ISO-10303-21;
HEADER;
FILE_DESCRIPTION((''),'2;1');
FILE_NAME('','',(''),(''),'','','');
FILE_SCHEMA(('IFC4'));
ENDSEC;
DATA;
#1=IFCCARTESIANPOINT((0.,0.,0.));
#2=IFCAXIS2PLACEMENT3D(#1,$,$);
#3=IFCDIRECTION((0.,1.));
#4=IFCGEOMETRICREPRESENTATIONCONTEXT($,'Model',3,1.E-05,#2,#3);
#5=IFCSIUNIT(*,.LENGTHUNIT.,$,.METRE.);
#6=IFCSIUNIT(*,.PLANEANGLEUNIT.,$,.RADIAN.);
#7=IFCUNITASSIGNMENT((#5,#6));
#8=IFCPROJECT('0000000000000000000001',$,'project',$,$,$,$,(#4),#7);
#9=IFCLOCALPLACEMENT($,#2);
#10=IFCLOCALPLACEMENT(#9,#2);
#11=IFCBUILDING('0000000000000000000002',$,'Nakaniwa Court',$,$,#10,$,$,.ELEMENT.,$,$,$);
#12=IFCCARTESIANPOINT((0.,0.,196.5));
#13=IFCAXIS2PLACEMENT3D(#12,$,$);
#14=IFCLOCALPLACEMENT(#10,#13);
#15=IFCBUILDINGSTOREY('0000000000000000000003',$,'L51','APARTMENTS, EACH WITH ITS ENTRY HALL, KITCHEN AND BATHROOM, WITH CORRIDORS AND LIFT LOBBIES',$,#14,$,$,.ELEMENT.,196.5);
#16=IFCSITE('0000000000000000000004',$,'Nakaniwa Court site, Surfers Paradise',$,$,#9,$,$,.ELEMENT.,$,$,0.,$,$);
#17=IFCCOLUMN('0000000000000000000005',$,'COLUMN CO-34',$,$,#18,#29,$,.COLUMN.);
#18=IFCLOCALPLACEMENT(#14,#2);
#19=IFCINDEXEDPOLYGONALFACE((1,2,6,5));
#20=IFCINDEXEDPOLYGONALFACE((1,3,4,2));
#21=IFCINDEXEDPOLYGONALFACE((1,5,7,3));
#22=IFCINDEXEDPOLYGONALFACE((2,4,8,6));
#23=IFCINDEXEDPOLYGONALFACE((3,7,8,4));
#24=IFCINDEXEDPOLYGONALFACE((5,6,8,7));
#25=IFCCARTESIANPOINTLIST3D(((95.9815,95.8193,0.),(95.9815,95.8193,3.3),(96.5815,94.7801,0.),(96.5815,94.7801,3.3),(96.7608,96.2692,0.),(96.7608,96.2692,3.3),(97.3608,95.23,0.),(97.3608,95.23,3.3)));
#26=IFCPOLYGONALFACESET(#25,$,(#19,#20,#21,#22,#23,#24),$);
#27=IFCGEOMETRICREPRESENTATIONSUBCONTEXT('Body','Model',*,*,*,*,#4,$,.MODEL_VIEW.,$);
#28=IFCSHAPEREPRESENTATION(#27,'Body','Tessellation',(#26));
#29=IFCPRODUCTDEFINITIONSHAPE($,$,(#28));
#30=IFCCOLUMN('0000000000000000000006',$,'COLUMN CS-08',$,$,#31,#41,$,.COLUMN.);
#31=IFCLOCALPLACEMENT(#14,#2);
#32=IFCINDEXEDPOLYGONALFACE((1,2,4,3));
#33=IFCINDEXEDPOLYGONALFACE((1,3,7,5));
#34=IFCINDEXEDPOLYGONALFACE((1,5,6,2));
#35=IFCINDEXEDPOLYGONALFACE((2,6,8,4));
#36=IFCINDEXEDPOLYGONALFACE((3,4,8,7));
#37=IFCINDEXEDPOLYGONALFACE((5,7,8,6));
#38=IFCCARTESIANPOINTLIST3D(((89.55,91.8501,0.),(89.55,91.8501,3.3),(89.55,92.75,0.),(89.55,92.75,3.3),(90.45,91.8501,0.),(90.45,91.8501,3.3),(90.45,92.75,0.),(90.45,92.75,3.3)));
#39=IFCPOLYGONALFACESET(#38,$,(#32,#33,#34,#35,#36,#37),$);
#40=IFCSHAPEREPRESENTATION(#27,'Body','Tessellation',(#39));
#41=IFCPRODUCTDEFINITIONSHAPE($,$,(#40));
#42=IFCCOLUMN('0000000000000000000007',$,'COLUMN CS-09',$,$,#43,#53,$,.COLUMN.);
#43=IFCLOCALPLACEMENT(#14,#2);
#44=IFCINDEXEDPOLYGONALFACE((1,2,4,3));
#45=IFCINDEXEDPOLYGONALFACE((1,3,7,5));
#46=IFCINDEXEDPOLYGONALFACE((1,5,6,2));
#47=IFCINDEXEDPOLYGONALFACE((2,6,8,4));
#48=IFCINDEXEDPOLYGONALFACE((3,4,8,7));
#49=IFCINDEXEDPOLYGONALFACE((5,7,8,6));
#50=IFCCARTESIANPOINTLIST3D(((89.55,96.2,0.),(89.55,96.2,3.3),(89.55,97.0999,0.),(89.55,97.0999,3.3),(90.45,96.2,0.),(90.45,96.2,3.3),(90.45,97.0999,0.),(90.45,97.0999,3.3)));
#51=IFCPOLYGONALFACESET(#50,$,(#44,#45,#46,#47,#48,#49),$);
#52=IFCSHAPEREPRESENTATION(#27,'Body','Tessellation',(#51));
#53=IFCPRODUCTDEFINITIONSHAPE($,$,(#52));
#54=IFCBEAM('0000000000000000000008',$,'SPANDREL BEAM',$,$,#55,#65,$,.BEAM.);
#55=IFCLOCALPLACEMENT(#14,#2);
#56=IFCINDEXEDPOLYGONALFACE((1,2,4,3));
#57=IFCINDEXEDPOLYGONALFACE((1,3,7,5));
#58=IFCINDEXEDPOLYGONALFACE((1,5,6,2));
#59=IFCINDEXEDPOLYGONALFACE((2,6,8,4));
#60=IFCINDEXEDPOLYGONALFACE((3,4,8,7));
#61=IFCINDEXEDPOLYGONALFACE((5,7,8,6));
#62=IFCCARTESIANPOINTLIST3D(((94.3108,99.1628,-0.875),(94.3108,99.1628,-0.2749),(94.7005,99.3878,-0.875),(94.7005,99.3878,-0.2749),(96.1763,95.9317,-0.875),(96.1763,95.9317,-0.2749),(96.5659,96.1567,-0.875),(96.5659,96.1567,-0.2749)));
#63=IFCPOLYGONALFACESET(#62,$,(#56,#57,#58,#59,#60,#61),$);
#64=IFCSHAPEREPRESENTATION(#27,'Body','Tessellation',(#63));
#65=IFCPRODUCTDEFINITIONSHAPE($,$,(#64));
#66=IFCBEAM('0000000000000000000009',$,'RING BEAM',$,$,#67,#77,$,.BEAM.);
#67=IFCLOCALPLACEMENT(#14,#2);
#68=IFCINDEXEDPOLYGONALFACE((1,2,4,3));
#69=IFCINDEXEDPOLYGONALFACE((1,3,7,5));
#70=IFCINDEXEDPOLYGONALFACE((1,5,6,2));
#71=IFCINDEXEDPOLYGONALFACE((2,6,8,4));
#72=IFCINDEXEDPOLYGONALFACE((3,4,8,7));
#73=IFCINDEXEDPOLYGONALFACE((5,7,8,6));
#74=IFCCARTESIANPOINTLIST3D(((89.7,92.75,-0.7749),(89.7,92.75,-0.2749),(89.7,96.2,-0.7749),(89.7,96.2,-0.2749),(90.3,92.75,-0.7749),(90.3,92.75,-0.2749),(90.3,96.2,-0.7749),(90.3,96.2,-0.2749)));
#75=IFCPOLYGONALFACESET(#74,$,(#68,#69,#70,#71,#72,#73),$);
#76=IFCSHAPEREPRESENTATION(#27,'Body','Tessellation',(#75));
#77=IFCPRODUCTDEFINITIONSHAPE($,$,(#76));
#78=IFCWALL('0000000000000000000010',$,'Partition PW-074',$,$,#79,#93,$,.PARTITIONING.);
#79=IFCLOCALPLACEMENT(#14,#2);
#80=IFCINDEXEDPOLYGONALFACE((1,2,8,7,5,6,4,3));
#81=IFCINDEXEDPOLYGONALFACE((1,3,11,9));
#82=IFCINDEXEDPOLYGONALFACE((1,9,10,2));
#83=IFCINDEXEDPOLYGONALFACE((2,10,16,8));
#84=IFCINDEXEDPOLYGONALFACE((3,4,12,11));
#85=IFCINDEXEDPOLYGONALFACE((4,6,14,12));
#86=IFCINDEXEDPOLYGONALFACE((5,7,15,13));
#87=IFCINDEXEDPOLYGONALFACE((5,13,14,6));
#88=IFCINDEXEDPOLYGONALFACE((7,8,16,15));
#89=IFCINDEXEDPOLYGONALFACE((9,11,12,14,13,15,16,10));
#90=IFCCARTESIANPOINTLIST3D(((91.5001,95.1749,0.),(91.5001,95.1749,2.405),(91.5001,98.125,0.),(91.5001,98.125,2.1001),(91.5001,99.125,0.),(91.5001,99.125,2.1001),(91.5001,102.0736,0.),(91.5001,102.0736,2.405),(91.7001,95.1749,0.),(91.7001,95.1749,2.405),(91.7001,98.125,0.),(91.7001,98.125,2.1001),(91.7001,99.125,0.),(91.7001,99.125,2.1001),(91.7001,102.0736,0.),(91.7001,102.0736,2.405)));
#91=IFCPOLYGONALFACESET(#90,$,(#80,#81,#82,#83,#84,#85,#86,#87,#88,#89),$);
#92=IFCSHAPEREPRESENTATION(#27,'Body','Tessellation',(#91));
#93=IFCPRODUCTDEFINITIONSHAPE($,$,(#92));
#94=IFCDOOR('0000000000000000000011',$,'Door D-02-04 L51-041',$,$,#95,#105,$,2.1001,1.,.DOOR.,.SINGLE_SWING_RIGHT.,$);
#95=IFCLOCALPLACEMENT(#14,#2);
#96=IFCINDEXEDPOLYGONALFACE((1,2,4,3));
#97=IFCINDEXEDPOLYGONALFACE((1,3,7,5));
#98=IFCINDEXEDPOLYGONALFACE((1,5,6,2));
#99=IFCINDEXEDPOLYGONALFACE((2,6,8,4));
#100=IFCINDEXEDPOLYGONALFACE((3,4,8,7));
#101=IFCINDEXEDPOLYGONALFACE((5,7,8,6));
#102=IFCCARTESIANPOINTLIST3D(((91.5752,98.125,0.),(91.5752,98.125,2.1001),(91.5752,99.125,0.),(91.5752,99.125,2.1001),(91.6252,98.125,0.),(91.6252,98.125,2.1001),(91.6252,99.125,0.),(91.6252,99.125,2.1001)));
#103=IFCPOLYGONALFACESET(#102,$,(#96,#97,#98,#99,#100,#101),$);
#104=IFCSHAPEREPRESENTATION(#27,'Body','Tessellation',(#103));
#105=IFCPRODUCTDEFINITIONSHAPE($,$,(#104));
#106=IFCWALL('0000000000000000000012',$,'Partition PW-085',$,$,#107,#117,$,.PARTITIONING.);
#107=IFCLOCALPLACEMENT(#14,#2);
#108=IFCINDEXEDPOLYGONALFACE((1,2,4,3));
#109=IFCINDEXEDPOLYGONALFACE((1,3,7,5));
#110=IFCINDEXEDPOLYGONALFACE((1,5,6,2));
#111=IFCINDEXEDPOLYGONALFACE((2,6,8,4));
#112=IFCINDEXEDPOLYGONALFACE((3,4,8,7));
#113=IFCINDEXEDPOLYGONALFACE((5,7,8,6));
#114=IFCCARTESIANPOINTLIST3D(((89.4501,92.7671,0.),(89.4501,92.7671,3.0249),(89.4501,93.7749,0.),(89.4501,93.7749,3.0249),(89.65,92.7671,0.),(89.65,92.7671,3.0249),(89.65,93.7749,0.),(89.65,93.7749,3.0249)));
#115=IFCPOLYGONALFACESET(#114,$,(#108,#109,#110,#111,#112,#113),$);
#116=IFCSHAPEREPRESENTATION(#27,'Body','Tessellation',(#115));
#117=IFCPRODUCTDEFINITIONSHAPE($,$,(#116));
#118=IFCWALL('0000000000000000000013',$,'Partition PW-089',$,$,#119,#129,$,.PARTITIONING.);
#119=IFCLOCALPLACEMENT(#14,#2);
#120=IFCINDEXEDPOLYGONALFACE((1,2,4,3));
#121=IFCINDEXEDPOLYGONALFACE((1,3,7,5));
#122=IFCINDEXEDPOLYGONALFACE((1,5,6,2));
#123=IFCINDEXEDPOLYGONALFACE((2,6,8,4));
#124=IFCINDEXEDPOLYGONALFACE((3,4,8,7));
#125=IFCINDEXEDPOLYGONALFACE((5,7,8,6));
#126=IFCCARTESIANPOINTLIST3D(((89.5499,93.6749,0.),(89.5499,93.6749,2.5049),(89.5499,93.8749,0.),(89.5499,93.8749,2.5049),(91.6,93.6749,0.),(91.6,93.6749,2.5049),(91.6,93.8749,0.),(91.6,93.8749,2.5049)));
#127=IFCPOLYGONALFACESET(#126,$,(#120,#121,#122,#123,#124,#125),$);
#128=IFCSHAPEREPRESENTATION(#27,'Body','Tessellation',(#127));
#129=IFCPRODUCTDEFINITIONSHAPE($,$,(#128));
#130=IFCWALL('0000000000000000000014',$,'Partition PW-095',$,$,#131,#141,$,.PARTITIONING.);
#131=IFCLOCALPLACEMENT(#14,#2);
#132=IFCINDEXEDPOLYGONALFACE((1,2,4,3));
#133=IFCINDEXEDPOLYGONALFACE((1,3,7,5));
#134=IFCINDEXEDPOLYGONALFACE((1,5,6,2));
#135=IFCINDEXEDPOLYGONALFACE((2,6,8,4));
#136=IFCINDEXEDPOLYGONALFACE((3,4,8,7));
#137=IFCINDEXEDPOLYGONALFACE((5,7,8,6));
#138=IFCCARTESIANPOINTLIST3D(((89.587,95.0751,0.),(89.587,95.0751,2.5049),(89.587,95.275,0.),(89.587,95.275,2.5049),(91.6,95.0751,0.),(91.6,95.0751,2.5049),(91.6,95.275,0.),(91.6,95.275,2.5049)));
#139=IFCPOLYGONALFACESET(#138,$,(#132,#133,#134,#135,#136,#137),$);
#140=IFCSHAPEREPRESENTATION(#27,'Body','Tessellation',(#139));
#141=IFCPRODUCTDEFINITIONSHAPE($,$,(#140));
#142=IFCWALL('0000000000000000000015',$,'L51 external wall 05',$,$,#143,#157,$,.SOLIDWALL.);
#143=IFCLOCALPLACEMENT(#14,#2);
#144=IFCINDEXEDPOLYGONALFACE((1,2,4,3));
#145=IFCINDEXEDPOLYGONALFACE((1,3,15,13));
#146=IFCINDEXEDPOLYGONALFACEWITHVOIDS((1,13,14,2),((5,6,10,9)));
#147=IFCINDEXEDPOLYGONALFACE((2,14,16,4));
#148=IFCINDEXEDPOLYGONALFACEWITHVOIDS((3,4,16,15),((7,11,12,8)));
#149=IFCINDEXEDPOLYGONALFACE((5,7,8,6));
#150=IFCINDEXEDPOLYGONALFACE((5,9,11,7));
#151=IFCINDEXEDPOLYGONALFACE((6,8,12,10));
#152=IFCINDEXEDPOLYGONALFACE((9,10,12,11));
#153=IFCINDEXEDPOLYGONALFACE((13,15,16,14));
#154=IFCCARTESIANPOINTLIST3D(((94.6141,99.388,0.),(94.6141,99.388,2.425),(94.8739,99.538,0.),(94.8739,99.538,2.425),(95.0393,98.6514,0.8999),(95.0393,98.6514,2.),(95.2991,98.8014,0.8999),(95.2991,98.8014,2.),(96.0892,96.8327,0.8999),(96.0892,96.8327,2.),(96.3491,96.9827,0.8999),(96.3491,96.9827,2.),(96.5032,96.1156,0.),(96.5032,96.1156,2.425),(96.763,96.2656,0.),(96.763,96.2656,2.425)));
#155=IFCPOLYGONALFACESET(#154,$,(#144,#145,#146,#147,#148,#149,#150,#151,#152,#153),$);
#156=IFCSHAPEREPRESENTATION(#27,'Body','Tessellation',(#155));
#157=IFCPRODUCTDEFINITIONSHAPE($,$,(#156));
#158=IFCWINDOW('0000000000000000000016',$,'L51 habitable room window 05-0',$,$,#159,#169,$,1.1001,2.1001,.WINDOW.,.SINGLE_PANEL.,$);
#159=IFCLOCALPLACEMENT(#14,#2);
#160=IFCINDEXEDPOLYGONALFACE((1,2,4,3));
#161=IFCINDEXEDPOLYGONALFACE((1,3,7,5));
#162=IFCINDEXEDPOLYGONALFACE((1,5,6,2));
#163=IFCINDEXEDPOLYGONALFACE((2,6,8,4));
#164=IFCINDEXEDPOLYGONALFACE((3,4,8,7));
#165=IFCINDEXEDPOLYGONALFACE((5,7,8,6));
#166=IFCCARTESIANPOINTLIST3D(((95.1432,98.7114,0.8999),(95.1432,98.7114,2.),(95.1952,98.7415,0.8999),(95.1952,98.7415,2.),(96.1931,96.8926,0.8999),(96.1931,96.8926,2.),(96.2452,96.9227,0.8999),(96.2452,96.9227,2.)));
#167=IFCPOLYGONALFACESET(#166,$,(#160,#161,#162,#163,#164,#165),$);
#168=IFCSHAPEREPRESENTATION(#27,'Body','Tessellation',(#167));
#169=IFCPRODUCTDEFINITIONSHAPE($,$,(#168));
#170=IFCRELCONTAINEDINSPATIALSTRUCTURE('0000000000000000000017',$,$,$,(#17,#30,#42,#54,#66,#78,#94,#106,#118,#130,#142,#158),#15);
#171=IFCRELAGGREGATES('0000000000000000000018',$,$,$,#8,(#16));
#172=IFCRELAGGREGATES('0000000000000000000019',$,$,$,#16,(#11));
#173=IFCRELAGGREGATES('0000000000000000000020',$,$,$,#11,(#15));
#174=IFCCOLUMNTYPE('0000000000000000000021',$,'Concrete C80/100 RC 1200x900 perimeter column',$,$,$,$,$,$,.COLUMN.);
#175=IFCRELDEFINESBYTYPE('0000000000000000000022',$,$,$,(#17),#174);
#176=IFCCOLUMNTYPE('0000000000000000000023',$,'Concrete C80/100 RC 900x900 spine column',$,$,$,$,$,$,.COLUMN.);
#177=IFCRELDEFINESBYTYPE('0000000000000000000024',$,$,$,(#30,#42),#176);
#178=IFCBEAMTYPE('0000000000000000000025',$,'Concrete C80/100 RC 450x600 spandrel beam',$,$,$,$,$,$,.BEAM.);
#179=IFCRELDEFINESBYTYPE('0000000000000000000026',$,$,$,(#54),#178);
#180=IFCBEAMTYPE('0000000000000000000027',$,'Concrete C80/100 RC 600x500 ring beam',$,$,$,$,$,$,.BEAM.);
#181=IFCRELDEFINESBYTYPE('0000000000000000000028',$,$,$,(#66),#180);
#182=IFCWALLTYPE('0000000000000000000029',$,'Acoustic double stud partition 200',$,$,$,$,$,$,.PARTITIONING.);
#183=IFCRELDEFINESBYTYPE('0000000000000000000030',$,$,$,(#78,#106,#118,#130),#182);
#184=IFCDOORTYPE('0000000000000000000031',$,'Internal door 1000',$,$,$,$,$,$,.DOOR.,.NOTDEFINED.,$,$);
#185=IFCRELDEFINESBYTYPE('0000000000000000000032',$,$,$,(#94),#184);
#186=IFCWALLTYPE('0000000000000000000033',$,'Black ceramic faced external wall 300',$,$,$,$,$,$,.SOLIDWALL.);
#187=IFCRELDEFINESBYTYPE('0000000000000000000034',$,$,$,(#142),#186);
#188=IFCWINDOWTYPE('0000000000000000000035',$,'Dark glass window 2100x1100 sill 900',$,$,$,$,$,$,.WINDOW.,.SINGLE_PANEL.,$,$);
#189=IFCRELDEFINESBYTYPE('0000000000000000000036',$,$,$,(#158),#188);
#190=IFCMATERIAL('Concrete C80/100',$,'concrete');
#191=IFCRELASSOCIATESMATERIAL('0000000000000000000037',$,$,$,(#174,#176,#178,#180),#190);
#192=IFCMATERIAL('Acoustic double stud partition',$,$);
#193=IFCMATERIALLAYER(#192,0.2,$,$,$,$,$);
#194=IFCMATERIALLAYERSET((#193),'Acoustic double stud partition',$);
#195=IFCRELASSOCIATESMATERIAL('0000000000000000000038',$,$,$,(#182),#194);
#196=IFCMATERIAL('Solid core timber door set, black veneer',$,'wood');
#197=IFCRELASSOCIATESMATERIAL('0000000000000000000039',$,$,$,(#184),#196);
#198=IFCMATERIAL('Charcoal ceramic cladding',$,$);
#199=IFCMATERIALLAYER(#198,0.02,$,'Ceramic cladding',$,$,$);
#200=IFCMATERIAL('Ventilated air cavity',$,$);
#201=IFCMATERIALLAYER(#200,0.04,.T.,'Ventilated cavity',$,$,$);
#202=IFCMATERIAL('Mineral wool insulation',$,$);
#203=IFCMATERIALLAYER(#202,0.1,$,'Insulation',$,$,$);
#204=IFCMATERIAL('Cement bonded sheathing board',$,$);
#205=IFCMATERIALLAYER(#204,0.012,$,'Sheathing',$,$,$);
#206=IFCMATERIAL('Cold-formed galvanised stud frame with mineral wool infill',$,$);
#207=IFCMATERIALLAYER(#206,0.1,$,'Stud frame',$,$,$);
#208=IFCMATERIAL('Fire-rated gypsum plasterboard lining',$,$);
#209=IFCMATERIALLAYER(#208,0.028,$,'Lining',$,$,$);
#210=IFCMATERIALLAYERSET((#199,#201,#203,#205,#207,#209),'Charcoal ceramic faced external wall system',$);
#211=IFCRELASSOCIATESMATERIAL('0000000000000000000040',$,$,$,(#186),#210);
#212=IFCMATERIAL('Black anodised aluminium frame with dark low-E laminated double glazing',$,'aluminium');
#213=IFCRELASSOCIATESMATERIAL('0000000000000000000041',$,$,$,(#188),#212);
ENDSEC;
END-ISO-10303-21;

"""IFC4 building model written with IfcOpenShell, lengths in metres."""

from ifc_helpers import new_model, si_unit, direction, frame, frame_2d, origin, origin_2d, place, context, subcontext, project, spatial, rectangle, extrude, material, layer, layer_set, material_profile, profile_set, type_object, element, fill, save


model = new_model("IFC4")

# Units and contexts
model_context = context("Model", 3, precision=1e-05, world=origin(), true_north=direction((0.0, 1.0)))
body_context = subcontext(model_context, "Body", "Model", "MODEL_VIEW")
ifc_project = project(units=[si_unit("LENGTHUNIT", "METRE"), si_unit("PLANEANGLEUNIT", "RADIAN")], contexts=[model_context])

# Site, building, storey
site_placement = place(None, origin())
site = spatial("IfcSite", under=ifc_project, at=site_placement, Name="Nakaniwa Court site, Surfers Paradise", CompositionType="ELEMENT", RefElevation=0.0)
building_placement = place(site_placement, origin())
building = spatial("IfcBuilding", under=site, at=building_placement, Name="Nakaniwa Court", CompositionType="ELEMENT")
storey_placement = place(building_placement, frame((0.0, 0.0, 196.5)))
storey = spatial("IfcBuildingStorey", under=building, at=storey_placement, Name="L51", Description="APARTMENTS, EACH WITH ITS ENTRY HALL, KITCHEN AND BATHROOM, WITH CORRIDORS AND LIFT LOBBIES", CompositionType="ELEMENT", Elevation=196.5)

# Columns
ifc_material_1 = material(Name="Concrete C80/100", Category="concrete")
ifc_material_profile_1 = material_profile(ifc_material_1, rectangle(XDim=1.2, YDim=0.8999, at=origin_2d()), Name="Concrete C80/100 RC 1200x900 perimeter column")
ifc_profile_set_1 = profile_set([ifc_material_profile_1], Name="Concrete C80/100")
column_type_1 = type_object("IfcColumnType", Name="Concrete C80/100 RC 1200x900 perimeter column", PredefinedType="COLUMN", material=ifc_profile_set_1)
column_placement = place(storey_placement, frame((96.6711, 95.5247, 0.0), z_axis=(0.0, 0.0, 1.0), x_axis=(-0.5, 0.866025, 0.0)))
element("IfcColumn", 1, at=column_placement, inside=storey, type_object=column_type_1, Name="COLUMN CO-34", PredefinedType="COLUMN", context=body_context, shape_type="SweptSolid", body=[
    extrude(rectangle(XDim=1.2, YDim=0.8999, at=origin_2d()), origin(), (0.0, 0.0, 1.0), 3.3),
])
ifc_material_profile_2 = material_profile(ifc_material_1, rectangle(XDim=0.8999, YDim=0.8999, at=origin_2d()), Name="Concrete C80/100 RC 900x900 spine column")
ifc_profile_set_2 = profile_set([ifc_material_profile_2], Name="Concrete C80/100")
column_type_2 = type_object("IfcColumnType", Name="Concrete C80/100 RC 900x900 spine column", PredefinedType="COLUMN", material=ifc_profile_set_2)
for number, where, z_axis, x_axis, name in (
    (2, (90.0, 92.3, 0.0), (0.0, 0.0, 1.0), (0.0, 1.0, 0.0), "COLUMN CS-08"),
    (3, (90.0, 96.6499, 0.0), (0.0, 0.0, 1.0), (0.0, 1.0, 0.0), "COLUMN CS-09"),
):
    element("IfcColumn", number, at=place(storey_placement, frame(where, z_axis=z_axis, x_axis=x_axis)), inside=storey, type_object=column_type_2, Name=name, PredefinedType="COLUMN", context=body_context, shape_type="SweptSolid", body=[
        extrude(rectangle(XDim=0.8999, YDim=0.8999, at=origin_2d()), origin(), (0.0, 0.0, 1.0), 3.3),
    ])

# Beams
ifc_material_profile_3 = material_profile(ifc_material_1, rectangle(XDim=0.45, YDim=0.6001, at=origin_2d()), Name="Concrete C80/100 RC 450x600 spandrel beam")
ifc_profile_set_3 = profile_set([ifc_material_profile_3], Name="Concrete C80/100")
beam_type_1 = type_object("IfcBeamType", Name="Concrete C80/100 RC 450x600 spandrel beam", PredefinedType="BEAM", material=ifc_profile_set_3)
beam_1_placement = place(storey_placement, frame((96.3711, 96.0442, -0.575), z_axis=(-0.499989, 0.866032, 0.0), x_axis=(-0.866032, -0.499989, 0.0)))
element("IfcBeam", 4, at=beam_1_placement, inside=storey, type_object=beam_type_1, Name="SPANDREL BEAM", PredefinedType="BEAM", context=body_context, shape_type="SweptSolid", body=[
    extrude(rectangle(XDim=0.45, YDim=0.6001, at=origin_2d()), origin(), (0.0, 0.0, 1.0), 3.731),
])
ifc_material_profile_4 = material_profile(ifc_material_1, rectangle(XDim=0.6001, YDim=0.5, at=origin_2d()), Name="Concrete C80/100 RC 600x500 ring beam")
ifc_profile_set_4 = profile_set([ifc_material_profile_4], Name="Concrete C80/100")
beam_type_2 = type_object("IfcBeamType", Name="Concrete C80/100 RC 600x500 ring beam", PredefinedType="BEAM", material=ifc_profile_set_4)
beam_2_placement = place(storey_placement, frame((90.0, 92.75, -0.5249), z_axis=(0.0, 1.0, 0.0), x_axis=(-1.0, 0.0, 0.0)))
element("IfcBeam", 5, at=beam_2_placement, inside=storey, type_object=beam_type_2, Name="RING BEAM", PredefinedType="BEAM", context=body_context, shape_type="SweptSolid", body=[
    extrude(rectangle(XDim=0.6001, YDim=0.5, at=origin_2d()), origin(), (0.0, 0.0, 1.0), 3.45),
])

# Wall, opening, door
ifc_material_2 = material(Name="Acoustic double stud partition")
ifc_layer_1 = layer(ifc_material_2, 0.2)
ifc_layer_set_1 = layer_set([ifc_layer_1], Name="Acoustic double stud partition")
wall_type_1 = type_object("IfcWallType", Name="Acoustic double stud partition 200", PredefinedType="PARTITIONING", material=ifc_layer_set_1)
wall_1_placement = place(storey_placement, frame((91.6001, 95.175, 0.0), z_axis=(0.0, 0.0, 1.0), x_axis=(0.0, 1.0, 0.0)))
wall_1 = element("IfcWall", 6, at=wall_1_placement, inside=storey, type_object=wall_type_1, Name="Partition PW-074", PredefinedType="PARTITIONING", context=body_context, shape_type="SweptSolid", body=[
    extrude(rectangle(XDim=6.8987, YDim=0.2, at=frame_2d((3.4492, 0.0))), origin(), (0.0, 0.0, 1.0), 2.405),
])
opening_1_placement = place(wall_1_placement, frame((2.95, 0.0, 0.0)))
opening_1 = element("IfcOpeningElement", 7, at=opening_1_placement, cuts=wall_1, PredefinedType="OPENING", context=body_context, shape_type="SweptSolid", body=[
    extrude(rectangle(XDim=1.0, YDim=2.1001, at=frame_2d((0.5, 1.05))), frame((0.0, 0.1099, 0.0), z_axis=(0.0, -1.0, 0.0), x_axis=(1.0, 0.0, 0.0)), (0.0, 0.0, 1.0), 0.22),
])
ifc_material_3 = material(Name="Solid core timber door set, black veneer", Category="wood")
door_type_1 = type_object("IfcDoorType", Name="Internal door 1000", OperationType="NOTDEFINED", PredefinedType="DOOR", material=ifc_material_3)
door_1_placement = place(opening_1_placement, origin())
door_1 = element("IfcDoor", 8, at=door_1_placement, inside=storey, type_object=door_type_1, Name="Door D-02-04 L51-041", OperationType="SINGLE_SWING_RIGHT", OverallHeight=2.1001, OverallWidth=1.0, PredefinedType="DOOR", context=body_context, shape_type="SweptSolid", body=[
    extrude(rectangle(XDim=1.0, YDim=2.1001, at=frame_2d((0.5, 1.05))), frame((0.0, 0.0249, 0.0), z_axis=(0.0, -1.0, 0.0), x_axis=(1.0, 0.0, 0.0)), (0.0, 0.0, 1.0), 0.05),
])
fill(opening_1, door_1)

# Walls
wall_2_placement = place(storey_placement, frame((89.55, 92.7671, 0.0), z_axis=(0.0, 0.0, 1.0), x_axis=(0.0, 1.0, 0.0)))
element("IfcWall", 9, at=wall_2_placement, inside=storey, type_object=wall_type_1, Name="Partition PW-085", PredefinedType="PARTITIONING", context=body_context, shape_type="SweptSolid", body=[
    extrude(rectangle(XDim=1.0078, YDim=0.2, at=frame_2d((0.5039, 0.0))), origin(), (0.0, 0.0, 1.0), 3.0249),
])
wall_3_placement = place(storey_placement, frame((89.55, 93.7749, 0.0), z_axis=(0.0, 0.0, 1.0), x_axis=(1.0, 0.0, 0.0)))
element("IfcWall", 10, at=wall_3_placement, inside=storey, type_object=wall_type_1, Name="Partition PW-089", PredefinedType="PARTITIONING", context=body_context, shape_type="SweptSolid", body=[
    extrude(rectangle(XDim=2.05, YDim=0.2, at=frame_2d((1.0249, 0.0))), origin(), (0.0, 0.0, 1.0), 2.5049),
])
wall_4_placement = place(storey_placement, frame((89.5872, 95.175, 0.0), z_axis=(0.0, 0.0, 1.0), x_axis=(1.0, 0.0, 0.0)))
element("IfcWall", 11, at=wall_4_placement, inside=storey, type_object=wall_type_1, Name="Partition PW-095", PredefinedType="PARTITIONING", context=body_context, shape_type="SweptSolid", body=[
    extrude(rectangle(XDim=2.0129, YDim=0.2, at=frame_2d((1.0063, 0.0))), origin(), (0.0, 0.0, 1.0), 2.5049),
])

# Wall, opening, window
ifc_material_4 = material(Name="Charcoal ceramic cladding")
ifc_layer_2 = layer(ifc_material_4, 0.02, Name="Ceramic cladding")
ifc_material_5 = material(Name="Ventilated air cavity")
ifc_layer_3 = layer(ifc_material_5, 0.04, ventilated=True, Name="Ventilated cavity")
ifc_material_6 = material(Name="Mineral wool insulation")
ifc_layer_4 = layer(ifc_material_6, 0.1, Name="Insulation")
ifc_material_7 = material(Name="Cement bonded sheathing board")
ifc_layer_5 = layer(ifc_material_7, 0.012, Name="Sheathing")
ifc_material_8 = material(Name="Cold-formed galvanised stud frame with mineral wool infill")
ifc_layer_6 = layer(ifc_material_8, 0.1, Name="Stud frame")
ifc_material_9 = material(Name="Fire-rated gypsum plasterboard lining")
ifc_layer_7 = layer(ifc_material_9, 0.028, Name="Lining")
ifc_layer_set_2 = layer_set([ifc_layer_2, ifc_layer_3, ifc_layer_4, ifc_layer_5, ifc_layer_6, ifc_layer_7], Name="Charcoal ceramic faced external wall system")
wall_type_2 = type_object("IfcWallType", Name="Black ceramic faced external wall 300", PredefinedType="SOLIDWALL", material=ifc_layer_set_2)
wall_5_placement = place(storey_placement, frame((96.6331, 96.1907, 0.0), z_axis=(0.0, 0.0, 1.0), x_axis=(-0.499961, 0.866048, 0.0)))
wall_5 = element("IfcWall", 12, at=wall_5_placement, inside=storey, type_object=wall_type_2, Name="L51 external wall 05", PredefinedType="SOLIDWALL", context=body_context, shape_type="SweptSolid", body=[
    extrude(rectangle(XDim=3.7786, YDim=0.3, at=frame_2d((1.8892, 0.0))), origin(), (0.0, 0.0, 1.0), 2.425),
])
opening_2_placement = place(wall_5_placement, frame((0.8279, 0.0, 0.8999)))
opening_2 = element("IfcOpeningElement", 13, at=opening_2_placement, cuts=wall_5, PredefinedType="OPENING", context=body_context, shape_type="SweptSolid", body=[
    extrude(rectangle(XDim=2.1001, YDim=1.1001, at=frame_2d((1.05, 0.55))), frame((0.0, 0.1599, 0.0), z_axis=(0.0, -1.0, 0.0), x_axis=(1.0, 0.0, 0.0)), (0.0, 0.0, 1.0), 0.3201),
])
ifc_material_10 = material(Name="Black anodised aluminium frame with dark low-E laminated double glazing", Category="aluminium")
window_type = type_object("IfcWindowType", Name="Dark glass window 2100x1100 sill 900", PartitioningType="SINGLE_PANEL", PredefinedType="WINDOW", material=ifc_material_10)
window_placement = place(opening_2_placement, origin())
window = element("IfcWindow", 14, at=window_placement, inside=storey, type_object=window_type, Name="L51 habitable room window 05-0", OverallHeight=1.1001, OverallWidth=2.1001, PartitioningType="SINGLE_PANEL", PredefinedType="WINDOW", context=body_context, shape_type="SweptSolid", body=[
    extrude(rectangle(XDim=2.1001, YDim=1.1001, at=frame_2d((1.05, 0.55))), frame((0.0, 0.03, 0.0), z_axis=(0.0, -1.0, 0.0), x_axis=(1.0, 0.0, 0.0)), (0.0, 0.0, 1.0), 0.0601),
])
fill(opening_2, window)

save(model, "model.ifc")
